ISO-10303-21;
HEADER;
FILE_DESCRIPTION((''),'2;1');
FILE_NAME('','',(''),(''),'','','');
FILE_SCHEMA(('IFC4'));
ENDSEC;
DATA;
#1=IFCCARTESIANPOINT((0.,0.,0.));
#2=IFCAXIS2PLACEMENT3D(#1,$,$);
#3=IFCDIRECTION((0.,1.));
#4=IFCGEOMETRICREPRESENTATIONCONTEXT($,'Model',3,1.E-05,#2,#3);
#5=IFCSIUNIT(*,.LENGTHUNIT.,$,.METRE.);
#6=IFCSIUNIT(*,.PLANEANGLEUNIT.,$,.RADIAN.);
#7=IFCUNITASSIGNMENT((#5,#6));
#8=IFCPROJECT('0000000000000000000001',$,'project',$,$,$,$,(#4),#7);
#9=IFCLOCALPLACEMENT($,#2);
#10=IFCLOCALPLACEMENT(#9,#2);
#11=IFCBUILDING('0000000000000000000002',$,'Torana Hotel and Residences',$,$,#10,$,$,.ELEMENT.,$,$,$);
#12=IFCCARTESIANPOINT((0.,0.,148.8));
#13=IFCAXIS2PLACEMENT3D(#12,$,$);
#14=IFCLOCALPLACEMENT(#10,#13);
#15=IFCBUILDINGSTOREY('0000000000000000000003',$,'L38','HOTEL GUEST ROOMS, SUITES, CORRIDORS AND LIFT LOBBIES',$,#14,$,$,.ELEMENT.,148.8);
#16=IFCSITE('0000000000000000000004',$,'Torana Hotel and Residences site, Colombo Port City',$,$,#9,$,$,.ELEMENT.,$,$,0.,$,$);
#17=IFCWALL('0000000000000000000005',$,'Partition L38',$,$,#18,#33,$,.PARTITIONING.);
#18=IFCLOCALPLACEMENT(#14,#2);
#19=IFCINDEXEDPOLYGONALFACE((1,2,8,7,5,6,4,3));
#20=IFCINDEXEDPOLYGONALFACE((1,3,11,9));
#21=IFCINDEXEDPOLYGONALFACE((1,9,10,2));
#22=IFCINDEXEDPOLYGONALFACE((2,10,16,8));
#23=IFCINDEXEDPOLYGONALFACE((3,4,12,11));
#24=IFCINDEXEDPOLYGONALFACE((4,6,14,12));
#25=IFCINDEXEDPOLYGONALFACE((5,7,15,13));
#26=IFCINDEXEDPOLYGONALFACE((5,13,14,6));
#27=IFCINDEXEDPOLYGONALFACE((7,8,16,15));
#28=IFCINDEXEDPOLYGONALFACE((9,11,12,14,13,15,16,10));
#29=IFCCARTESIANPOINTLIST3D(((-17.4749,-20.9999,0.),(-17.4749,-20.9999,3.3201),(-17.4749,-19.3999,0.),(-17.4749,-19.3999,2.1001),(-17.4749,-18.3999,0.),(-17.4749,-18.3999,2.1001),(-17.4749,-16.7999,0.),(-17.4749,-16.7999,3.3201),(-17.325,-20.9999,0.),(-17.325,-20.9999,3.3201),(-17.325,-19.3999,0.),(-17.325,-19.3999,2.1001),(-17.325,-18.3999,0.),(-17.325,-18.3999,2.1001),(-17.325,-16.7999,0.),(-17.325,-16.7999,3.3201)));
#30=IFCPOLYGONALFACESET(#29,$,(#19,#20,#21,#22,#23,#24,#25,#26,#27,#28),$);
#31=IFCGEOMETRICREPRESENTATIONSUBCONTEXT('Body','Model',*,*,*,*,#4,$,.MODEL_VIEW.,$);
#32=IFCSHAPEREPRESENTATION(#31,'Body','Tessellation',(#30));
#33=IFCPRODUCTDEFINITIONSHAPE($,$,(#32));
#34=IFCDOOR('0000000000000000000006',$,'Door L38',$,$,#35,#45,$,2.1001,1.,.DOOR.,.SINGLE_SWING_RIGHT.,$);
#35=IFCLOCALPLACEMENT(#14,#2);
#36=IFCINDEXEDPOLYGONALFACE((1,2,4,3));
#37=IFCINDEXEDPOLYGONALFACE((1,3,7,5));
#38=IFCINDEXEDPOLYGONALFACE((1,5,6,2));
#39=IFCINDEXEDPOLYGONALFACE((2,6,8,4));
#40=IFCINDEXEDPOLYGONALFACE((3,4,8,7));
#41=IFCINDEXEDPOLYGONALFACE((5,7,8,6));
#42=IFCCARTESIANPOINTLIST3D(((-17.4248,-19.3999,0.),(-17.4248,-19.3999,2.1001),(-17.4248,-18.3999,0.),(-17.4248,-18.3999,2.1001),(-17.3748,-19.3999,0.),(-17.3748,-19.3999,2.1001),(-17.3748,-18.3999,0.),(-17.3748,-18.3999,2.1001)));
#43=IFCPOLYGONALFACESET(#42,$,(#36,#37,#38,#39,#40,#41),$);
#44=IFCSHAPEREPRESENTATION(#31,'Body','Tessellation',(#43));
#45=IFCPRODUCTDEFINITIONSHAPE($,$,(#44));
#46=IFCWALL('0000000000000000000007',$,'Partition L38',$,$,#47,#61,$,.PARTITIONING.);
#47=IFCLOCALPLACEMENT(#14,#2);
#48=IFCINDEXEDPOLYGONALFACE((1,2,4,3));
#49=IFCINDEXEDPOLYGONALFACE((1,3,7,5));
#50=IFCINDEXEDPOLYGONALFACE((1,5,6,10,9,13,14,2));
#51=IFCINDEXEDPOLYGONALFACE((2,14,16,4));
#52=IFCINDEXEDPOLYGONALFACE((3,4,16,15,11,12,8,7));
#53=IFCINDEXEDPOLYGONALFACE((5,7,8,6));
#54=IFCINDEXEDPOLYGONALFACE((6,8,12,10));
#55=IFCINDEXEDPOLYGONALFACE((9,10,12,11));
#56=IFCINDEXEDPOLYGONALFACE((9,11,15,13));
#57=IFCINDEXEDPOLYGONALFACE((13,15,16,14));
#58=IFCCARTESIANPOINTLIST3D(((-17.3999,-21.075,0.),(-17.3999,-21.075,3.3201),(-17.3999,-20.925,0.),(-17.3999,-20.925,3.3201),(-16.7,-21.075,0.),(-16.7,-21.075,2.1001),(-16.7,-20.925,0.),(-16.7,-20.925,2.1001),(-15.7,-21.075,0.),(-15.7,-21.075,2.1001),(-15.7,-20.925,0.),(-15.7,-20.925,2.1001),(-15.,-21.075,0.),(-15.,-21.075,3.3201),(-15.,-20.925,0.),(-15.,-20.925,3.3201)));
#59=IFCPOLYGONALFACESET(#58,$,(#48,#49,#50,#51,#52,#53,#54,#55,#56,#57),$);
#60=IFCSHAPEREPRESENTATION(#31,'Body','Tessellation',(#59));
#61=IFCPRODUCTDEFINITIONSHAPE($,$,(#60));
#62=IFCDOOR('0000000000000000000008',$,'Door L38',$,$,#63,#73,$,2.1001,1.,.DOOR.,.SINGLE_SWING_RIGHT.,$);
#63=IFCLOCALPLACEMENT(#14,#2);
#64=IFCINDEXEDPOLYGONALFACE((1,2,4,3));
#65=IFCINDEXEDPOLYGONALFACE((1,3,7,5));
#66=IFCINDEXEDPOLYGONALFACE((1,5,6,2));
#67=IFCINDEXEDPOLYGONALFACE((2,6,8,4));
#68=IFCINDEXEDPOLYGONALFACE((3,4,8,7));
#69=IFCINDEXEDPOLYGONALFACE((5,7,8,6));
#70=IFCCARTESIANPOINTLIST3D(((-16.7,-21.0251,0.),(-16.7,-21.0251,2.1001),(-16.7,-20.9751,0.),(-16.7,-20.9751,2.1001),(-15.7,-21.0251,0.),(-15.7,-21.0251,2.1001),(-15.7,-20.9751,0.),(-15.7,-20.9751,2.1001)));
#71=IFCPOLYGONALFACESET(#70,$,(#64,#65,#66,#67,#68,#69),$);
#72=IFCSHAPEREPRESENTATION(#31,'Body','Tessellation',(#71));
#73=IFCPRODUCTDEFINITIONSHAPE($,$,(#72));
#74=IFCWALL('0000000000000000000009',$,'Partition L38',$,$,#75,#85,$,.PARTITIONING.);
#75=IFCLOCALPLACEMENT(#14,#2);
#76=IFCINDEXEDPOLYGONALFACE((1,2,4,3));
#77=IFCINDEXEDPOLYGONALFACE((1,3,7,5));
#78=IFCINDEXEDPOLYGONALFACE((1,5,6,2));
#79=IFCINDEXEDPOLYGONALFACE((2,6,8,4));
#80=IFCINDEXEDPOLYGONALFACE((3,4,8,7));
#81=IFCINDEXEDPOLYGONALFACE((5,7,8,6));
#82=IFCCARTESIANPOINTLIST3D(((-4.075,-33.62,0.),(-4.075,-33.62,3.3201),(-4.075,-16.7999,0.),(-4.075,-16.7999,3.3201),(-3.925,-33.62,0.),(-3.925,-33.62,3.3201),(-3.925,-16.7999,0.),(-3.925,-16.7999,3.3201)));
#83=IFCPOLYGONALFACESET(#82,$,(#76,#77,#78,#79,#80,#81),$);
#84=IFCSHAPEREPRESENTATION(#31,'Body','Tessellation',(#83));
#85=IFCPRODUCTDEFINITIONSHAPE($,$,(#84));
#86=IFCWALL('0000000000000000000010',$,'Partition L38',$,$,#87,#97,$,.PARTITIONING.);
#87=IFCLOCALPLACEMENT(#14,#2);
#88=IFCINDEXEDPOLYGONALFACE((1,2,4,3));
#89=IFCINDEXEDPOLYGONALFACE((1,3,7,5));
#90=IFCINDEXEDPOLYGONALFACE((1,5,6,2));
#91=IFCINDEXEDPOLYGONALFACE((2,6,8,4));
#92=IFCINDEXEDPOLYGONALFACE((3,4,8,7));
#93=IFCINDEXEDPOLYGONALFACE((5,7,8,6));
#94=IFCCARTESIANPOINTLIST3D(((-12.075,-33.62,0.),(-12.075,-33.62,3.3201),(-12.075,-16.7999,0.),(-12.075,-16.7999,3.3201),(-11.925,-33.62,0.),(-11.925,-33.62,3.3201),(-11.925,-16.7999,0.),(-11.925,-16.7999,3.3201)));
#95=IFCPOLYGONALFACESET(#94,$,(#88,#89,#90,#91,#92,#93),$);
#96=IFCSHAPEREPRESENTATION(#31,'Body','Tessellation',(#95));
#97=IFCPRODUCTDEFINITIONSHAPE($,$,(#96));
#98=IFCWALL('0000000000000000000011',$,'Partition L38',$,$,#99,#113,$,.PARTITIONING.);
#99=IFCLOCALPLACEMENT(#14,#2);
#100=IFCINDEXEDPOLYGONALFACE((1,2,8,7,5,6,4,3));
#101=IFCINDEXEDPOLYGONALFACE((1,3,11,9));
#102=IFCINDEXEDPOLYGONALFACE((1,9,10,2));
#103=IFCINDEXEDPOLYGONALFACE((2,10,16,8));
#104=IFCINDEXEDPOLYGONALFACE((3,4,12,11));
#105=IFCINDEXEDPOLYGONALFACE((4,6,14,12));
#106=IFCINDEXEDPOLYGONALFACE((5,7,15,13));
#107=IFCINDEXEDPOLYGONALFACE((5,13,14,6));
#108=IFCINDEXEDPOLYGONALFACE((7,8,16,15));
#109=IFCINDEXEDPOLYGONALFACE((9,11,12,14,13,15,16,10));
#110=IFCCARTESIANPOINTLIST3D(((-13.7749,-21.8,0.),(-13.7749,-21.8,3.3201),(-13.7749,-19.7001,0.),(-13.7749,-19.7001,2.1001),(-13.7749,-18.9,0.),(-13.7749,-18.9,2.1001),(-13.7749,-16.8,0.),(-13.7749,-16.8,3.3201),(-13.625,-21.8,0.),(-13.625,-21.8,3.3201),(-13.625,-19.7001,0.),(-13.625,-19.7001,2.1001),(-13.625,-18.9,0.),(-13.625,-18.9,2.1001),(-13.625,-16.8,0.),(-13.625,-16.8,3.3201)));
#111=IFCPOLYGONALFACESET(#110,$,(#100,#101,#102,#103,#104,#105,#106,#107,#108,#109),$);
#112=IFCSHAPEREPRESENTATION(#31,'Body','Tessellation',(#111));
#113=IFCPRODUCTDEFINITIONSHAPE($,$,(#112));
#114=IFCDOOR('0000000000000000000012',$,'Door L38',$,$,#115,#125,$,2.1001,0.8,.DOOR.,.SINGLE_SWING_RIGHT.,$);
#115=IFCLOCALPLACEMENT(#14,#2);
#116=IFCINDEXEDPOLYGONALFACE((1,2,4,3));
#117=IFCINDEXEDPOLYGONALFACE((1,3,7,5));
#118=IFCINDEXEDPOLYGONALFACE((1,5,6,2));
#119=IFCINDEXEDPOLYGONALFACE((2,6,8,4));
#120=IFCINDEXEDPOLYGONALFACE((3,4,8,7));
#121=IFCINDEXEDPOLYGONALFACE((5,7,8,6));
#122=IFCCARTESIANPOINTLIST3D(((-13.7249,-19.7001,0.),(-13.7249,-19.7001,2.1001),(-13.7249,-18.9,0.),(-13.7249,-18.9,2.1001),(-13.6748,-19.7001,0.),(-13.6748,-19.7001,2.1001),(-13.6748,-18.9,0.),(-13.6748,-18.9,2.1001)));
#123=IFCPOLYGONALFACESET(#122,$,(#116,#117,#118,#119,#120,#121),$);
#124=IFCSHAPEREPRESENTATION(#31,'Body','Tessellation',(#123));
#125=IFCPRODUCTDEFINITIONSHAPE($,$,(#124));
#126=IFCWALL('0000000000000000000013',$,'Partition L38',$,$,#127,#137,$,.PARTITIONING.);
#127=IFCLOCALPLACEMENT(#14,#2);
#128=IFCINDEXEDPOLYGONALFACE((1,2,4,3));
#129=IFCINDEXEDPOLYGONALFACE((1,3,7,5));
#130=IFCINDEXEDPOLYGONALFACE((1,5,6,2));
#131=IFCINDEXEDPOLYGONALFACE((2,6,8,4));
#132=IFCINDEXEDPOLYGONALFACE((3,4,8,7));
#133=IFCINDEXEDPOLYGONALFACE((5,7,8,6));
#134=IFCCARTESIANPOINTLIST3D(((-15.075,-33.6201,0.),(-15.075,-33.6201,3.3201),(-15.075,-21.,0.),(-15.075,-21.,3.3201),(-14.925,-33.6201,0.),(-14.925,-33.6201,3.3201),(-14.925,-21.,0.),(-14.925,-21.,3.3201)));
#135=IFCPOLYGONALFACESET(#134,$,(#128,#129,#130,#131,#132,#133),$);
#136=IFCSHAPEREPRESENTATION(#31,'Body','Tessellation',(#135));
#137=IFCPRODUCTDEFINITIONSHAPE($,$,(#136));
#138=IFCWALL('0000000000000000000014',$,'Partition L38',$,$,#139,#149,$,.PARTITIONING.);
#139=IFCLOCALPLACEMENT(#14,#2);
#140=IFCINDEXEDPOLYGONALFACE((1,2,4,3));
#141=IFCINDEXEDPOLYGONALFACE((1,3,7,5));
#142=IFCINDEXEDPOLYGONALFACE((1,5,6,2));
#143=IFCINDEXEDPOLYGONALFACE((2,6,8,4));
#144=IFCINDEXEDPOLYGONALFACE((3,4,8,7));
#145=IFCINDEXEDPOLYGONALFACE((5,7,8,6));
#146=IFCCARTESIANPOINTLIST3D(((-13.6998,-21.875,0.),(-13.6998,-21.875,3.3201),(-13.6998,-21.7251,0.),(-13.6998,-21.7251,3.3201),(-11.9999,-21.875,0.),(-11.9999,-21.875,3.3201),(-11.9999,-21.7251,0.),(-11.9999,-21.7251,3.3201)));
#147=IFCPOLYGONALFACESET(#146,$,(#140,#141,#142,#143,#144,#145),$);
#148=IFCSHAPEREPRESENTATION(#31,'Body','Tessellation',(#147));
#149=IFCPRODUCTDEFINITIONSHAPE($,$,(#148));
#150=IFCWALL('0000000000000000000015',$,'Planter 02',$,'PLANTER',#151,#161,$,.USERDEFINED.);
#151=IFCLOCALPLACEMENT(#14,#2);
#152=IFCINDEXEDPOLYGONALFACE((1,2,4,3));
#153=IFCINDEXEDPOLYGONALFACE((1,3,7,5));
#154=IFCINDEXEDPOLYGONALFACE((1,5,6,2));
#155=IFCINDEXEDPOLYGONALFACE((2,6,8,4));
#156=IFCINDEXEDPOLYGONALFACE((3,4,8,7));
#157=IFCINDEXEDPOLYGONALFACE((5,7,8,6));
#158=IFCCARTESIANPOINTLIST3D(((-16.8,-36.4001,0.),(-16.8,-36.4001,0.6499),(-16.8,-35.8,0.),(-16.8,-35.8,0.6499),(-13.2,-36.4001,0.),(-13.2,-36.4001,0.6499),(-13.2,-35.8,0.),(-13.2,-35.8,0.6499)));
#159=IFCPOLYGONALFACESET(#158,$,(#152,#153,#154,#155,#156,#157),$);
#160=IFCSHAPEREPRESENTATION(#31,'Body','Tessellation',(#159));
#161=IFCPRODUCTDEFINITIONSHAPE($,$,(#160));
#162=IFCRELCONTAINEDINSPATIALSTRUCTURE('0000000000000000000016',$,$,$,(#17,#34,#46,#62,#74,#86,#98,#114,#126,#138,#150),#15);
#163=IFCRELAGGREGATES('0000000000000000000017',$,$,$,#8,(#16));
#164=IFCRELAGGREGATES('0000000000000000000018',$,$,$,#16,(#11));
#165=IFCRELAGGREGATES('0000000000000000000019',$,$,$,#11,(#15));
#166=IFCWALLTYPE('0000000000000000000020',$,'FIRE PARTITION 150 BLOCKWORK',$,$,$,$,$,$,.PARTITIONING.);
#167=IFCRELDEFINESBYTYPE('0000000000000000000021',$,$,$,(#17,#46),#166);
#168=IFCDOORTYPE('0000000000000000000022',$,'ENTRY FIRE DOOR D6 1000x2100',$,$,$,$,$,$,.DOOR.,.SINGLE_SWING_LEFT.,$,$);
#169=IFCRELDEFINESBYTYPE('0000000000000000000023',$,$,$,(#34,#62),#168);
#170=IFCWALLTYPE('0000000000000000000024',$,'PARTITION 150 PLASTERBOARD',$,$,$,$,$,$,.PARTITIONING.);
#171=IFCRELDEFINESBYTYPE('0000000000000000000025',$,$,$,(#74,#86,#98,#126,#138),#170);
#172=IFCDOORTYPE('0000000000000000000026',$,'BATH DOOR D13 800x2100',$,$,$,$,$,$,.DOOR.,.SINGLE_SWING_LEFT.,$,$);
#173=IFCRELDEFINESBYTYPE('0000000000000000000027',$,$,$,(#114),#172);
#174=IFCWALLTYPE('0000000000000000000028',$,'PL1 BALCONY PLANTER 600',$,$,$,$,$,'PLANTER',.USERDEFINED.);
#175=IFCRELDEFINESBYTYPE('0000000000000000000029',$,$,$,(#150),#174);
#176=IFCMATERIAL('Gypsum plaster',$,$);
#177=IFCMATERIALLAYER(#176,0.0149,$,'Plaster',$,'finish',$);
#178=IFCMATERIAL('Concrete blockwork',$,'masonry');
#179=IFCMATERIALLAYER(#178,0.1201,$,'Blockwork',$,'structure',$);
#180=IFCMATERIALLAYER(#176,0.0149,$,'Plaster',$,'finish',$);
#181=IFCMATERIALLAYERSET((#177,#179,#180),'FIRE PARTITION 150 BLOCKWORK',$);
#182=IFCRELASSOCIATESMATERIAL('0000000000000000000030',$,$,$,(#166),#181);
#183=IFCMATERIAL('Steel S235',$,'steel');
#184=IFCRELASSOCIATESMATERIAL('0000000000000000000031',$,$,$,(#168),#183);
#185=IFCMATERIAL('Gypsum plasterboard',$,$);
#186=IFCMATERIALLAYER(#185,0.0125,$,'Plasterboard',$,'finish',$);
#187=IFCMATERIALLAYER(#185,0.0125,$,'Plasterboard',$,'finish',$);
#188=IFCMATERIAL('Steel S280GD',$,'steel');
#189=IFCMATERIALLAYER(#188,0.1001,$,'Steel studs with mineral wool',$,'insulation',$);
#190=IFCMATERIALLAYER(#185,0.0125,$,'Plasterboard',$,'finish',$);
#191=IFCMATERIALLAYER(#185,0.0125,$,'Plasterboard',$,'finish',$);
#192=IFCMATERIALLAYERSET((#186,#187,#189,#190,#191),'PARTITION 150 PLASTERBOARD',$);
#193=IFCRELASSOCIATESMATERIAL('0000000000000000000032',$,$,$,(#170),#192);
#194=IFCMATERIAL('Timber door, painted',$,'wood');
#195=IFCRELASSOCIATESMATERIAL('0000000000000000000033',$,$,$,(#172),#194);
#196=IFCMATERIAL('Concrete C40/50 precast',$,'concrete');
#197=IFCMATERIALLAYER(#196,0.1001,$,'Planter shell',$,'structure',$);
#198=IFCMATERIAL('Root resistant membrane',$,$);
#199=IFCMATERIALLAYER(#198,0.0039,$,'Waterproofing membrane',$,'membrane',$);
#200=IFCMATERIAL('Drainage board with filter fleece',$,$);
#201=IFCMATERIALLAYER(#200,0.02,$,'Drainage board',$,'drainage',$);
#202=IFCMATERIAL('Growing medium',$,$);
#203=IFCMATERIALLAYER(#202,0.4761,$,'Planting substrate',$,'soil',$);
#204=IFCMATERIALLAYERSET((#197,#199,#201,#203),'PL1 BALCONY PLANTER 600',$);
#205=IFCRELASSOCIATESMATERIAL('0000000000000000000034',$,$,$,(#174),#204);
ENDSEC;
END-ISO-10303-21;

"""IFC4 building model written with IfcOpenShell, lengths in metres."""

from ifc_helpers import new_model, si_unit, direction, frame, frame_2d, origin, place, context, subcontext, project, spatial, rectangle, extrude, material, layer, layer_set, type_object, element, fill, save


model = new_model("IFC4")

# Units and contexts
model_context = context("Model", 3, precision=1e-05, world=origin(), true_north=direction((0.0, 1.0)))
body_context = subcontext(model_context, "Body", "Model", "MODEL_VIEW")
ifc_project = project(units=[si_unit("LENGTHUNIT", "METRE"), si_unit("PLANEANGLEUNIT", "RADIAN")], contexts=[model_context])

# Site, building, storey
site_placement = place(None, origin())
site = spatial("IfcSite", under=ifc_project, at=site_placement, Name="Torana Hotel and Residences site, Colombo Port City", CompositionType="ELEMENT", RefElevation=0.0)
building_placement = place(site_placement, origin())
building = spatial("IfcBuilding", under=site, at=building_placement, Name="Torana Hotel and Residences", CompositionType="ELEMENT")
storey_placement = place(building_placement, frame((0.0, 0.0, 148.8)))
storey = spatial("IfcBuildingStorey", under=building, at=storey_placement, Name="L38", Description="HOTEL GUEST ROOMS, SUITES, CORRIDORS AND LIFT LOBBIES", CompositionType="ELEMENT", Elevation=148.8)

# Shared definitions
ifc_material_1 = material(Name="Gypsum plaster")
ifc_layer_1 = layer(ifc_material_1, 0.0149, Name="Plaster", Category="finish")
ifc_material_2 = material(Name="Concrete blockwork", Category="masonry")
ifc_layer_2 = layer(ifc_material_2, 0.1201, Name="Blockwork", Category="structure")
ifc_layer_3 = layer(ifc_material_1, 0.0149, Name="Plaster", Category="finish")
ifc_layer_set_1 = layer_set([ifc_layer_1, ifc_layer_2, ifc_layer_3], Name="FIRE PARTITION 150 BLOCKWORK")
wall_type_1 = type_object("IfcWallType", Name="FIRE PARTITION 150 BLOCKWORK", PredefinedType="PARTITIONING", material=ifc_layer_set_1)
ifc_material_3 = material(Name="Steel S235", Category="steel")
door_type_1 = type_object("IfcDoorType", Name="ENTRY FIRE DOOR D6 1000x2100", OperationType="SINGLE_SWING_LEFT", PredefinedType="DOOR", material=ifc_material_3)

# Walls, openings, doors
wall_1_placement = place(storey_placement, frame((-17.3999, -21.0, 0.0), z_axis=(0.0, 0.0, 1.0), x_axis=(0.0, 1.0, 0.0)))
wall_1 = element("IfcWall", 1, at=wall_1_placement, inside=storey, type_object=wall_type_1, Name="Partition L38", PredefinedType="PARTITIONING", context=body_context, shape_type="SweptSolid", body=[
    extrude(rectangle(XDim=4.2, YDim=0.1499, at=frame_2d((2.1001, 0.0))), origin(), (0.0, 0.0, 1.0), 3.3201),
])
opening_1_placement = place(wall_1_placement, frame((1.6001, 0.0, 0.0)))
opening_1 = element("IfcOpeningElement", 2, at=opening_1_placement, cuts=wall_1, PredefinedType="OPENING", context=body_context, shape_type="SweptSolid", body=[
    extrude(rectangle(XDim=1.0, YDim=2.1001, at=frame_2d((0.5, 1.05))), frame((0.0, 0.085, 0.0), z_axis=(0.0, -1.0, 0.0), x_axis=(1.0, 0.0, 0.0)), (0.0, 0.0, 1.0), 0.1699),
])
door_1_placement = place(opening_1_placement, origin())
door_1 = element("IfcDoor", 3, at=door_1_placement, inside=storey, type_object=door_type_1, Name="Door L38", OperationType="SINGLE_SWING_RIGHT", OverallHeight=2.1001, OverallWidth=1.0, PredefinedType="DOOR", context=body_context, shape_type="SweptSolid", body=[
    extrude(rectangle(XDim=1.0, YDim=2.1001, at=frame_2d((0.5, 1.05))), frame((0.0, 0.0249, 0.0), z_axis=(0.0, -1.0, 0.0), x_axis=(1.0, 0.0, 0.0)), (0.0, 0.0, 1.0), 0.05),
])
fill(opening_1, door_1)
wall_2_placement = place(storey_placement, frame((-17.3999, -21.0, 0.0), z_axis=(0.0, 0.0, 1.0), x_axis=(1.0, 0.0, 0.0)))
wall_2 = element("IfcWall", 4, at=wall_2_placement, inside=storey, type_object=wall_type_1, Name="Partition L38", PredefinedType="PARTITIONING", context=body_context, shape_type="SweptSolid", body=[
    extrude(rectangle(XDim=2.3999, YDim=0.1499, at=frame_2d((1.2, 0.0))), origin(), (0.0, 0.0, 1.0), 3.3201),
])
opening_2_placement = place(wall_2_placement, frame((0.7, 0.0, 0.0)))
opening_2 = element("IfcOpeningElement", 5, at=opening_2_placement, cuts=wall_2, PredefinedType="OPENING", context=body_context, shape_type="SweptSolid", body=[
    extrude(rectangle(XDim=1.0, YDim=2.1001, at=frame_2d((0.5, 1.05))), frame((0.0, 0.085, 0.0), z_axis=(0.0, -1.0, 0.0), x_axis=(1.0, 0.0, 0.0)), (0.0, 0.0, 1.0), 0.1699),
])
door_2_placement = place(opening_2_placement, frame((0.5, 0.0, 0.0), z_axis=(0.0, 0.0, 1.0), x_axis=(-1.0, 0.0, 0.0)))
door_2 = element("IfcDoor", 6, at=door_2_placement, inside=storey, type_object=door_type_1, Name="Door L38", OperationType="SINGLE_SWING_RIGHT", OverallHeight=2.1001, OverallWidth=1.0, PredefinedType="DOOR", context=body_context, shape_type="SweptSolid", body=[
    extrude(rectangle(XDim=1.0, YDim=2.1001, at=frame_2d((0.0, 1.05))), frame((0.0, -0.0249, 0.0), z_axis=(0.0, 1.0, 0.0), x_axis=(-1.0, 0.0, 0.0)), (0.0, 0.0, 1.0), 0.05),
])
fill(opening_2, door_2)

# Walls
ifc_material_4 = material(Name="Gypsum plasterboard")
ifc_layer_4 = layer(ifc_material_4, 0.0125, Name="Plasterboard", Category="finish")
ifc_layer_5 = layer(ifc_material_4, 0.0125, Name="Plasterboard", Category="finish")
ifc_material_5 = material(Name="Steel S280GD", Category="steel")
ifc_layer_6 = layer(ifc_material_5, 0.1001, Name="Steel studs with mineral wool", Category="insulation")
ifc_layer_7 = layer(ifc_material_4, 0.0125, Name="Plasterboard", Category="finish")
ifc_layer_8 = layer(ifc_material_4, 0.0125, Name="Plasterboard", Category="finish")
ifc_layer_set_2 = layer_set([ifc_layer_4, ifc_layer_5, ifc_layer_6, ifc_layer_7, ifc_layer_8], Name="PARTITION 150 PLASTERBOARD")
wall_type_2 = type_object("IfcWallType", Name="PARTITION 150 PLASTERBOARD", PredefinedType="PARTITIONING", material=ifc_layer_set_2)
for number, where, z_axis, x_axis, name in (
    (7, (-4.0, -33.6201, 0.0), (0.0, 0.0, 1.0), (0.0, 1.0, 0.0), "Partition L38"),
    (8, (-12.0, -33.6201, 0.0), (0.0, 0.0, 1.0), (0.0, 1.0, 0.0), "Partition L38"),
):
    element("IfcWall", number, at=place(storey_placement, frame(where, z_axis=z_axis, x_axis=x_axis)), inside=storey, type_object=wall_type_2, Name=name, PredefinedType="PARTITIONING", context=body_context, shape_type="SweptSolid", body=[
        extrude(rectangle(XDim=16.8201, YDim=0.1499, at=frame_2d((8.4102, 0.0))), origin(), (0.0, 0.0, 1.0), 3.3201),
    ])

# Wall, opening, door
wall_3_placement = place(storey_placement, frame((-13.7, -21.8, 0.0), z_axis=(0.0, 0.0, 1.0), x_axis=(0.0, 1.0, 0.0)))
wall_3 = element("IfcWall", 9, at=wall_3_placement, inside=storey, type_object=wall_type_2, Name="Partition L38", PredefinedType="PARTITIONING", context=body_context, shape_type="SweptSolid", body=[
    extrude(rectangle(XDim=5.0, YDim=0.1499, at=frame_2d((2.5, 0.0))), origin(), (0.0, 0.0, 1.0), 3.3201),
])
opening_3_placement = place(wall_3_placement, frame((2.1001, 0.0, 0.0)))
opening_3 = element("IfcOpeningElement", 10, at=opening_3_placement, cuts=wall_3, PredefinedType="OPENING", context=body_context, shape_type="SweptSolid", body=[
    extrude(rectangle(XDim=0.8, YDim=2.1001, at=frame_2d((0.3999, 1.05))), frame((0.0, 0.085, 0.0), z_axis=(0.0, -1.0, 0.0), x_axis=(1.0, 0.0, 0.0)), (0.0, 0.0, 1.0), 0.1699),
])
ifc_material_6 = material(Name="Timber door, painted", Category="wood")
door_type_2 = type_object("IfcDoorType", Name="BATH DOOR D13 800x2100", OperationType="SINGLE_SWING_LEFT", PredefinedType="DOOR", material=ifc_material_6)
door_3_placement = place(opening_3_placement, origin())
door_3 = element("IfcDoor", 11, at=door_3_placement, inside=storey, type_object=door_type_2, Name="Door L38", OperationType="SINGLE_SWING_RIGHT", OverallHeight=2.1001, OverallWidth=0.8, PredefinedType="DOOR", context=body_context, shape_type="SweptSolid", body=[
    extrude(rectangle(XDim=0.8, YDim=2.1001, at=frame_2d((0.3999, 1.05))), frame((0.0, 0.0249, 0.0), z_axis=(0.0, -1.0, 0.0), x_axis=(1.0, 0.0, 0.0)), (0.0, 0.0, 1.0), 0.05),
])
fill(opening_3, door_3)

# Walls
wall_4_placement = place(storey_placement, frame((-15.0, -33.6201, 0.0), z_axis=(0.0, 0.0, 1.0), x_axis=(0.0, 1.0, 0.0)))
element("IfcWall", 12, at=wall_4_placement, inside=storey, type_object=wall_type_2, Name="Partition L38", PredefinedType="PARTITIONING", context=body_context, shape_type="SweptSolid", body=[
    extrude(rectangle(XDim=12.6201, YDim=0.1499, at=frame_2d((6.3101, 0.0))), origin(), (0.0, 0.0, 1.0), 3.3201),
])
wall_5_placement = place(storey_placement, frame((-13.7, -21.8, 0.0), z_axis=(0.0, 0.0, 1.0), x_axis=(1.0, 0.0, 0.0)))
element("IfcWall", 13, at=wall_5_placement, inside=storey, type_object=wall_type_2, Name="Partition L38", PredefinedType="PARTITIONING", context=body_context, shape_type="SweptSolid", body=[
    extrude(rectangle(XDim=1.7, YDim=0.1499, at=frame_2d((0.8501, 0.0))), origin(), (0.0, 0.0, 1.0), 3.3201),
])
ifc_material_7 = material(Name="Concrete C40/50 precast", Category="concrete")
ifc_layer_9 = layer(ifc_material_7, 0.1001, Name="Planter shell", Category="structure")
ifc_material_8 = material(Name="Root resistant membrane")
ifc_layer_10 = layer(ifc_material_8, 0.0039, Name="Waterproofing membrane", Category="membrane")
ifc_material_9 = material(Name="Drainage board with filter fleece")
ifc_layer_11 = layer(ifc_material_9, 0.02, Name="Drainage board", Category="drainage")
ifc_material_10 = material(Name="Growing medium")
ifc_layer_12 = layer(ifc_material_10, 0.4761, Name="Planting substrate", Category="soil")
ifc_layer_set_3 = layer_set([ifc_layer_9, ifc_layer_10, ifc_layer_11, ifc_layer_12], Name="PL1 BALCONY PLANTER 600")
wall_type_3 = type_object("IfcWallType", Name="PL1 BALCONY PLANTER 600", ElementType="PLANTER", PredefinedType="USERDEFINED", material=ifc_layer_set_3)
for number, where, z_axis, x_axis, name in (
    (14, (-13.2, -36.1001, 0.0), (0.0, 0.0, 1.0), (-1.0, 0.0, 0.0), "Planter 02"),
):
    element("IfcWall", number, at=place(storey_placement, frame(where, z_axis=z_axis, x_axis=x_axis)), inside=storey, type_object=wall_type_3, Name=name, ObjectType="PLANTER", PredefinedType="USERDEFINED", context=body_context, shape_type="SweptSolid", body=[
        extrude(rectangle(XDim=3.6001, YDim=0.6001, at=frame_2d((1.8, 0.0))), origin(), (0.0, 0.0, 1.0), 0.6499),
    ])

save(model, "model.ifc")
